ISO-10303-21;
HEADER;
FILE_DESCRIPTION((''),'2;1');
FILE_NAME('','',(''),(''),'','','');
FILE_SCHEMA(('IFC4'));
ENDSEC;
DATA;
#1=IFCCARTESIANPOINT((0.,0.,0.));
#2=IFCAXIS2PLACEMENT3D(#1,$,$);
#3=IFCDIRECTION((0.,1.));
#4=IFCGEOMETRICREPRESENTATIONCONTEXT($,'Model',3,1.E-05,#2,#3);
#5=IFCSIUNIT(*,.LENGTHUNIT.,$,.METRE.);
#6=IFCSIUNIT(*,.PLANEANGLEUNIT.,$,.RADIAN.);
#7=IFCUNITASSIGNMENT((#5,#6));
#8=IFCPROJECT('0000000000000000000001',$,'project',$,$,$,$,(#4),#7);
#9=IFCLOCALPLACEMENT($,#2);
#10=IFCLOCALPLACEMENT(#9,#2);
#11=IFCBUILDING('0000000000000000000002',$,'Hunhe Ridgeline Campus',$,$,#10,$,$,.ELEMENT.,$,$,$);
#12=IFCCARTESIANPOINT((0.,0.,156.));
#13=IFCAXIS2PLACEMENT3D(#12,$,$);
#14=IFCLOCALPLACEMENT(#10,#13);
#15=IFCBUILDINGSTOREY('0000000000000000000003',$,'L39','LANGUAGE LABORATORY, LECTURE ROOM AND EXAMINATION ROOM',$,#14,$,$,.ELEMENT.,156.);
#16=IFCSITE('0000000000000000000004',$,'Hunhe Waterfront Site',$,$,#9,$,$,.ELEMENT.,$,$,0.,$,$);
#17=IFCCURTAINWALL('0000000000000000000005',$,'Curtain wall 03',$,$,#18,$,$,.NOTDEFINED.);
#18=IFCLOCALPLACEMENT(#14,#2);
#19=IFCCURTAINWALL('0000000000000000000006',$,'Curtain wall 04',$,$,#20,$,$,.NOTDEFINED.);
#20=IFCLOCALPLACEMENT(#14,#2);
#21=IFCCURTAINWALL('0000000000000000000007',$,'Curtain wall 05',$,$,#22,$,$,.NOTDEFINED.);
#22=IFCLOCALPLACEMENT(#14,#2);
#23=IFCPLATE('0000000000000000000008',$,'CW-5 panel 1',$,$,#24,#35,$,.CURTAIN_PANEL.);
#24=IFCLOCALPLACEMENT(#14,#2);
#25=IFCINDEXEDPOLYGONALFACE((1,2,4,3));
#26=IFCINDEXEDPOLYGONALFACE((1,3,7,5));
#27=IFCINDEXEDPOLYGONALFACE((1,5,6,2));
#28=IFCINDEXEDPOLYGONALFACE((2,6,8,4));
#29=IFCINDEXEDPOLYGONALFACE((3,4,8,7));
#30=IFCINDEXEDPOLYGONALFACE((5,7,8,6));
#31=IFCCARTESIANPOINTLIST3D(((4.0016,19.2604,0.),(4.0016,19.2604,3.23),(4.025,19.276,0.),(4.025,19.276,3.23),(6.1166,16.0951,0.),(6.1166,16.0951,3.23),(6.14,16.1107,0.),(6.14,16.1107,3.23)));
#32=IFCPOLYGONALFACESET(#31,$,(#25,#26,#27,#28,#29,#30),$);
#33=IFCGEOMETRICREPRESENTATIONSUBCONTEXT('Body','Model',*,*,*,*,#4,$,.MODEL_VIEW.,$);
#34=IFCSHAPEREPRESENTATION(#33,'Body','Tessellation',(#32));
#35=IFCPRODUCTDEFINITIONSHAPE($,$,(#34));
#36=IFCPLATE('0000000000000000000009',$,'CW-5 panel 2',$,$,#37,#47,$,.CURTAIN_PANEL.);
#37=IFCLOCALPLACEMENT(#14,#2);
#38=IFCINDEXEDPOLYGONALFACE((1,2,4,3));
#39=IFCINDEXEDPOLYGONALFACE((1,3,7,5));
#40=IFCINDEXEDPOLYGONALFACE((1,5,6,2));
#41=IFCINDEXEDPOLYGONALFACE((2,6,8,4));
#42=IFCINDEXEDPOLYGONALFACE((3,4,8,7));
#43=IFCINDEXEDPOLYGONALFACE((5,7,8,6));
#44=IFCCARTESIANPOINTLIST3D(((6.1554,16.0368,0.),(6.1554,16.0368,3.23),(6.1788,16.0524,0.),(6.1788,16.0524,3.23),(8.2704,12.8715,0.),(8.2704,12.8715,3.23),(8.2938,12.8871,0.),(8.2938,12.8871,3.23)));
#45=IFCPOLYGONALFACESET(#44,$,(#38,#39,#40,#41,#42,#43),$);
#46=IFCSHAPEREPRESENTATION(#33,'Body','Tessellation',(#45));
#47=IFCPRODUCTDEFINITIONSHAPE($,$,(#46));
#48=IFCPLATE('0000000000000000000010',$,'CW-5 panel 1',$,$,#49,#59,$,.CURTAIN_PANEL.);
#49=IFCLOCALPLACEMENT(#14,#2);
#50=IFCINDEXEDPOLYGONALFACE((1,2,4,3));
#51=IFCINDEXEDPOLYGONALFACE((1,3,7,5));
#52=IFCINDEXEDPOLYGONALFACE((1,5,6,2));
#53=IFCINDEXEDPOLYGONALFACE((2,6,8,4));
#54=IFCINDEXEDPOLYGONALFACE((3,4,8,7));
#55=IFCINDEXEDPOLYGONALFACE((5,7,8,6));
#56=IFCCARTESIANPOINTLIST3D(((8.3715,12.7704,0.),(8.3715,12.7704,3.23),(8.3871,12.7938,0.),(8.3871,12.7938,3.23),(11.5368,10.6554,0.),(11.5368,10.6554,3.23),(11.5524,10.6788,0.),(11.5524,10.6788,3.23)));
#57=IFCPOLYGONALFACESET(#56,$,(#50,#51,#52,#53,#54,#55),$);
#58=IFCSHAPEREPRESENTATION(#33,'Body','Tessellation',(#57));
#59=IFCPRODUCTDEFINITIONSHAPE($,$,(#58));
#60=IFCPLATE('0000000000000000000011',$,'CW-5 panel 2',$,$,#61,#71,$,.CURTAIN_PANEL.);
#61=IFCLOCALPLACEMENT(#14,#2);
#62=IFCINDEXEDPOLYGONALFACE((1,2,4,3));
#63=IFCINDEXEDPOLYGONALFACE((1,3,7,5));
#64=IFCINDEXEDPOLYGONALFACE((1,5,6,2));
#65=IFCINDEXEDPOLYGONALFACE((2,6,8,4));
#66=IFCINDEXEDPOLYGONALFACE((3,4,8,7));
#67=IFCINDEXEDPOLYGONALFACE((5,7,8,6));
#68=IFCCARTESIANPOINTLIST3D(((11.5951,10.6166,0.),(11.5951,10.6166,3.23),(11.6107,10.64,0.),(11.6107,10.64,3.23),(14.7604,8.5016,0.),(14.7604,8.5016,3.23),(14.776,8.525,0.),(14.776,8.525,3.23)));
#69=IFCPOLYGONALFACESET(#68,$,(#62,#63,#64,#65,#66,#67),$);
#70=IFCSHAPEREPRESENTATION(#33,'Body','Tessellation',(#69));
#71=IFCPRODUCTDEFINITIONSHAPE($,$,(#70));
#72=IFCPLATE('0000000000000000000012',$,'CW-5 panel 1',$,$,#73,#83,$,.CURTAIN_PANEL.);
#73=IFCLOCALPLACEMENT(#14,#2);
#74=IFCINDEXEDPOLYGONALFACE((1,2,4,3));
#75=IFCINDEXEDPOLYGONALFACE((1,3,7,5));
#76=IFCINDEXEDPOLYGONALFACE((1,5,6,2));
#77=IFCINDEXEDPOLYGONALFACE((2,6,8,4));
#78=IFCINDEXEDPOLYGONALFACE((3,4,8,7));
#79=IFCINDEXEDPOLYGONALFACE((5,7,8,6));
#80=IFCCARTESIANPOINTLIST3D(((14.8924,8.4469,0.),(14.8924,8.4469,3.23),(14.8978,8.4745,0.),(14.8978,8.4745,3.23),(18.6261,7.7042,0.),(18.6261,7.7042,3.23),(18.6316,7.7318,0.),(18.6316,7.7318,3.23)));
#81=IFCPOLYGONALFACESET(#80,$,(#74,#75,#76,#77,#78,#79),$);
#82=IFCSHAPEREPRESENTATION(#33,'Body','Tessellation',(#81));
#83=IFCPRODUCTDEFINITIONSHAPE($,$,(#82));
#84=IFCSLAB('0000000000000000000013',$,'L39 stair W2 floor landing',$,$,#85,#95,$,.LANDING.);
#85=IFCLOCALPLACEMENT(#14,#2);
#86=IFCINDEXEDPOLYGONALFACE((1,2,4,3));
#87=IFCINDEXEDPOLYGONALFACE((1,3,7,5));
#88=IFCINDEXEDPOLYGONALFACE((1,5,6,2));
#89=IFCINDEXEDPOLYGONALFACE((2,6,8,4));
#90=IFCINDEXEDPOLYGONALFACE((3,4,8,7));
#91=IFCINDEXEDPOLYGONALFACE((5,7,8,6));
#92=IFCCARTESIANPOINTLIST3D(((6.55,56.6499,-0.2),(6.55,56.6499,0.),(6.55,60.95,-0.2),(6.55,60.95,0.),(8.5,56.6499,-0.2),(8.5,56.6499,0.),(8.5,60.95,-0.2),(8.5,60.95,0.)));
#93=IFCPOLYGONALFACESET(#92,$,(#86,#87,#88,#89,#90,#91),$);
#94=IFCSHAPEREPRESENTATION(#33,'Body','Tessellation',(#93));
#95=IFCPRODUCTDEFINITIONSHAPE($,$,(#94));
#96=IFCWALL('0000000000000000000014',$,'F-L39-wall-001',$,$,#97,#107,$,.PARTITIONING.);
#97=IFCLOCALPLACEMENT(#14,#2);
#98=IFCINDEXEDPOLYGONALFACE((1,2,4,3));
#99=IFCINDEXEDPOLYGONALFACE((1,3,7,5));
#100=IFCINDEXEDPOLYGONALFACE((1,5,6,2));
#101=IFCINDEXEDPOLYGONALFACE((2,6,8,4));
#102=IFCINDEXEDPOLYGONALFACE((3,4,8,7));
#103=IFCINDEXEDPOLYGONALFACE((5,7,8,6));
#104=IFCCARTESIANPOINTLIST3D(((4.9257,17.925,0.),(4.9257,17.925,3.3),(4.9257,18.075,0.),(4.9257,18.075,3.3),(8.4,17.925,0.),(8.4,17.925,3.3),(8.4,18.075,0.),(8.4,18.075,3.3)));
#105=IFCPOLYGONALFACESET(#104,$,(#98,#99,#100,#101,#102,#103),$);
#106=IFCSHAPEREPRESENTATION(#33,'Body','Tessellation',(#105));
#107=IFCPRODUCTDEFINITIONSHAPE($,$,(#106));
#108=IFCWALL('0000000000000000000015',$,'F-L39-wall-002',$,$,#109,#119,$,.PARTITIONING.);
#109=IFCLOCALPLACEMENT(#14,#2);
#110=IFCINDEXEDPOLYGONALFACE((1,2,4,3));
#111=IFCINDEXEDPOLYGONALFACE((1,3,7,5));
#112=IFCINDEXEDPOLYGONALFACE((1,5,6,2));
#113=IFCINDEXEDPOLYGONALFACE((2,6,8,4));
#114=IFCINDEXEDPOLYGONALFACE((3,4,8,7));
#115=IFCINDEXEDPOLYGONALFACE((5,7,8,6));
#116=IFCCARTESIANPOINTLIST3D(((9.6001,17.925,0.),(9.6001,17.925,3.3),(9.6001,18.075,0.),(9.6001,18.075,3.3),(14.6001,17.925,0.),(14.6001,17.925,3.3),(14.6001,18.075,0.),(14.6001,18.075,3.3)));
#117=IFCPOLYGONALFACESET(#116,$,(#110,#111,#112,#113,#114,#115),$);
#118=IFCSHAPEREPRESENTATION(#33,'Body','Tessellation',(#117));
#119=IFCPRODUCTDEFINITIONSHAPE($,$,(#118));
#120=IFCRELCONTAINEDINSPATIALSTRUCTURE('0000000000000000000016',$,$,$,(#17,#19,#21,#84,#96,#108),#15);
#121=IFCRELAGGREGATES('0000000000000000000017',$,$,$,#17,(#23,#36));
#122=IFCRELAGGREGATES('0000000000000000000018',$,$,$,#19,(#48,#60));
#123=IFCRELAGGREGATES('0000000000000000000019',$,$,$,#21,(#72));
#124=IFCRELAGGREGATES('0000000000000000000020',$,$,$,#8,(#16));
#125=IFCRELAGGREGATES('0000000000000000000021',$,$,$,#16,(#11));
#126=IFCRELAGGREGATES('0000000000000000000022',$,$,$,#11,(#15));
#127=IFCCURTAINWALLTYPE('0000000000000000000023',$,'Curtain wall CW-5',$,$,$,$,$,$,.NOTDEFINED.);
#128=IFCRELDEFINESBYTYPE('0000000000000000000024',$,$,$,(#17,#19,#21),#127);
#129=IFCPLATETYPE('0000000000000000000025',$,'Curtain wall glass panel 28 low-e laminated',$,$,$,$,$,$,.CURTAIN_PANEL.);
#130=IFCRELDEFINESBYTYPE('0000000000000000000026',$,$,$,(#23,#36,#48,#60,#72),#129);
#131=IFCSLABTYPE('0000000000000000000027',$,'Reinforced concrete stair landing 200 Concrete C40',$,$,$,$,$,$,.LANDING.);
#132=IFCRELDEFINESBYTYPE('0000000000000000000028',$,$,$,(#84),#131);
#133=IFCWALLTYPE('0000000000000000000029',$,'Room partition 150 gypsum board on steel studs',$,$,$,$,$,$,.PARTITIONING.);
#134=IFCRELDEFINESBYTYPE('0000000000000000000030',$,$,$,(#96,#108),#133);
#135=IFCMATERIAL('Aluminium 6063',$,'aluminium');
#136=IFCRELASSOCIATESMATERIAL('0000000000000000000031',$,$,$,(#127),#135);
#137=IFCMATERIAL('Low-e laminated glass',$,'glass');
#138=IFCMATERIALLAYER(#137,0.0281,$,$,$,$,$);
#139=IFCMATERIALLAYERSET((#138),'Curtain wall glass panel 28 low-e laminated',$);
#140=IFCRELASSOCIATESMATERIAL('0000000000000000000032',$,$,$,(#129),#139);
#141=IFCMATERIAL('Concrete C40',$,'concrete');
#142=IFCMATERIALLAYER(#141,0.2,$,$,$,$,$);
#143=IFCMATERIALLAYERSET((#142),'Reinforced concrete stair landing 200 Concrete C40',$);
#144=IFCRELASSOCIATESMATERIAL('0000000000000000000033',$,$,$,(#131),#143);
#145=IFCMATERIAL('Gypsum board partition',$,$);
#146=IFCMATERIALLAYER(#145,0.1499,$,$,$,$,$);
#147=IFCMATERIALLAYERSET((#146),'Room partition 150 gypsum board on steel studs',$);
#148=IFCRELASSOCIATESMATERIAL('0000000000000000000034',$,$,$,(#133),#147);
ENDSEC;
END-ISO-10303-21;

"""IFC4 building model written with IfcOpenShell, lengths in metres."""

from ifc_helpers import new_model, si_unit, direction, frame, frame_2d, origin, origin_2d, place, context, subcontext, project, spatial, polyline, rectangle, outline, extrude, material, layer, layer_set, type_object, element, aggregate, save


model = new_model("IFC4")

# Units and contexts
model_context = context("Model", 3, precision=1e-05, world=origin(), true_north=direction((0.0, 1.0)))
body_context = subcontext(model_context, "Body", "Model", "MODEL_VIEW")
ifc_project = project(units=[si_unit("LENGTHUNIT", "METRE"), si_unit("PLANEANGLEUNIT", "RADIAN")], contexts=[model_context])

# Site, building, storey
site_placement = place(None, origin())
site = spatial("IfcSite", under=ifc_project, at=site_placement, Name="Hunhe Waterfront Site", CompositionType="ELEMENT", RefElevation=0.0)
building_placement = place(site_placement, origin())
building = spatial("IfcBuilding", under=site, at=building_placement, Name="Hunhe Ridgeline Campus", CompositionType="ELEMENT")
storey_placement = place(building_placement, frame((0.0, 0.0, 156.0)))
storey = spatial("IfcBuildingStorey", under=building, at=storey_placement, Name="L39", Description="LANGUAGE LABORATORY, LECTURE ROOM AND EXAMINATION ROOM", CompositionType="ELEMENT", Elevation=156.0)

# Curtain walls
ifc_material_1 = material(Name="Aluminium 6063", Category="aluminium")
curtain_wall_type = type_object("IfcCurtainWallType", Name="Curtain wall CW-5", PredefinedType="NOTDEFINED", material=ifc_material_1)
curtain_wall_1_placement = place(storey_placement, origin())
curtain_wall_1 = element("IfcCurtainWall", 1, at=curtain_wall_1_placement, inside=storey, type_object=curtain_wall_type, Name="Curtain wall 03", PredefinedType="NOTDEFINED")
curtain_wall_2_placement = place(storey_placement, origin())
curtain_wall_2 = element("IfcCurtainWall", 2, at=curtain_wall_2_placement, inside=storey, type_object=curtain_wall_type, Name="Curtain wall 04", PredefinedType="NOTDEFINED")
curtain_wall_3_placement = place(storey_placement, origin())
curtain_wall_3 = element("IfcCurtainWall", 3, at=curtain_wall_3_placement, inside=storey, type_object=curtain_wall_type, Name="Curtain wall 05", PredefinedType="NOTDEFINED")

# Plates
ifc_material_2 = material(Name="Low-e laminated glass", Category="glass")
ifc_layer_1 = layer(ifc_material_2, 0.0281)
ifc_layer_set_1 = layer_set([ifc_layer_1], Name="Curtain wall glass panel 28 low-e laminated")
plate_type = type_object("IfcPlateType", Name="Curtain wall glass panel 28 low-e laminated", PredefinedType="CURTAIN_PANEL", material=ifc_layer_set_1)
plate_1_placement = place(storey_placement, frame((5.0708, 17.6855, 0.0), z_axis=(0.0, 0.0, 1.0), x_axis=(0.55557, -0.83147, 0.0)))
plate_1 = element("IfcPlate", 4, at=plate_1_placement, type_object=plate_type, Name="CW-5 panel 1", PredefinedType="CURTAIN_PANEL", context=body_context, shape_type="SweptSolid", body=[
    extrude(rectangle(XDim=3.8069, YDim=0.0281, at=origin_2d()), origin(), (0.0, 0.0, 1.0), 3.23),
])
plate_2_placement = place(storey_placement, frame((7.2246, 14.4619, 0.0), z_axis=(0.0, 0.0, 1.0), x_axis=(0.55557, -0.83147, 0.0)))
plate_2 = element("IfcPlate", 5, at=plate_2_placement, type_object=plate_type, Name="CW-5 panel 2", PredefinedType="CURTAIN_PANEL", context=body_context, shape_type="SweptSolid", body=[
    extrude(rectangle(XDim=3.8069, YDim=0.0281, at=origin_2d()), origin(), (0.0, 0.0, 1.0), 3.23),
])
aggregate(curtain_wall_1, [plate_1, plate_2])
plate_3_placement = place(storey_placement, frame((9.9619, 11.7246, 0.0), z_axis=(0.0, 0.0, 1.0), x_axis=(0.83147, -0.55557, 0.0)))
plate_3 = element("IfcPlate", 6, at=plate_3_placement, type_object=plate_type, Name="CW-5 panel 1", PredefinedType="CURTAIN_PANEL", context=body_context, shape_type="SweptSolid", body=[
    extrude(rectangle(XDim=3.8069, YDim=0.0281, at=origin_2d()), origin(), (0.0, 0.0, 1.0), 3.23),
])
plate_4_placement = place(storey_placement, frame((13.1855, 9.5708, 0.0), z_axis=(0.0, 0.0, 1.0), x_axis=(0.83147, -0.55557, 0.0)))
plate_4 = element("IfcPlate", 7, at=plate_4_placement, type_object=plate_type, Name="CW-5 panel 2", PredefinedType="CURTAIN_PANEL", context=body_context, shape_type="SweptSolid", body=[
    extrude(rectangle(XDim=3.8069, YDim=0.0281, at=origin_2d()), origin(), (0.0, 0.0, 1.0), 3.23),
])
aggregate(curtain_wall_2, [plate_3, plate_4])
plate_5_placement = place(storey_placement, frame((16.762, 8.0894, 0.0), z_axis=(0.0, 0.0, 1.0), x_axis=(0.980785, -0.19509, 0.0)))
plate_5 = element("IfcPlate", 8, at=plate_5_placement, type_object=plate_type, Name="CW-5 panel 1", PredefinedType="CURTAIN_PANEL", context=body_context, shape_type="SweptSolid", body=[
    extrude(rectangle(XDim=3.8069, YDim=0.0281, at=origin_2d()), origin(), (0.0, 0.0, 1.0), 3.23),
])
aggregate(curtain_wall_3, [plate_5])

# Slab
ifc_material_3 = material(Name="Concrete C40", Category="concrete")
ifc_layer_2 = layer(ifc_material_3, 0.2)
ifc_layer_set_2 = layer_set([ifc_layer_2], Name="Reinforced concrete stair landing 200 Concrete C40")
slab_type = type_object("IfcSlabType", Name="Reinforced concrete stair landing 200 Concrete C40", PredefinedType="LANDING", material=ifc_layer_set_2)
slab_placement = place(storey_placement, frame((0.0, 0.0, -0.2)))
element("IfcSlab", 9, at=slab_placement, inside=storey, type_object=slab_type, Name="L39 stair W2 floor landing", PredefinedType="LANDING", context=body_context, shape_type="SweptSolid", body=[
    extrude(outline(polyline([(8.5, 60.95), (6.55, 60.95), (6.55, 56.6499), (8.5, 56.6499), (8.5, 60.95)])), origin(), (0.0, 0.0, 1.0), 0.2),
])

# Shared definitions
ifc_material_4 = material(Name="Gypsum board partition")

# Walls
ifc_layer_3 = layer(ifc_material_4, 0.1499)
ifc_layer_set_3 = layer_set([ifc_layer_3], Name="Room partition 150 gypsum board on steel studs")
wall_type_1 = type_object("IfcWallType", Name="Room partition 150 gypsum board on steel studs", PredefinedType="PARTITIONING", material=ifc_layer_set_3)
wall_1_placement = place(storey_placement, frame((4.9255, 18.0, 0.0), z_axis=(0.0, 0.0, 1.0), x_axis=(1.0, 0.0, 0.0)))
element("IfcWall", 10, at=wall_1_placement, inside=storey, type_object=wall_type_1, Name="F-L39-wall-001", PredefinedType="PARTITIONING", context=body_context, shape_type="SweptSolid", body=[
    extrude(rectangle(XDim=3.4744, YDim=0.1499, at=frame_2d((1.7373, 0.0))), origin(), (0.0, 0.0, 1.0), 3.3),
])
wall_2_placement = place(storey_placement, frame((9.6001, 18.0, 0.0), z_axis=(0.0, 0.0, 1.0), x_axis=(1.0, 0.0, 0.0)))
element("IfcWall", 11, at=wall_2_placement, inside=storey, type_object=wall_type_1, Name="F-L39-wall-002", PredefinedType="PARTITIONING", context=body_context, shape_type="SweptSolid", body=[
    extrude(rectangle(XDim=5.0, YDim=0.1499, at=frame_2d((2.5, 0.0))), origin(), (0.0, 0.0, 1.0), 3.3),
])

save(model, "model.ifc")
